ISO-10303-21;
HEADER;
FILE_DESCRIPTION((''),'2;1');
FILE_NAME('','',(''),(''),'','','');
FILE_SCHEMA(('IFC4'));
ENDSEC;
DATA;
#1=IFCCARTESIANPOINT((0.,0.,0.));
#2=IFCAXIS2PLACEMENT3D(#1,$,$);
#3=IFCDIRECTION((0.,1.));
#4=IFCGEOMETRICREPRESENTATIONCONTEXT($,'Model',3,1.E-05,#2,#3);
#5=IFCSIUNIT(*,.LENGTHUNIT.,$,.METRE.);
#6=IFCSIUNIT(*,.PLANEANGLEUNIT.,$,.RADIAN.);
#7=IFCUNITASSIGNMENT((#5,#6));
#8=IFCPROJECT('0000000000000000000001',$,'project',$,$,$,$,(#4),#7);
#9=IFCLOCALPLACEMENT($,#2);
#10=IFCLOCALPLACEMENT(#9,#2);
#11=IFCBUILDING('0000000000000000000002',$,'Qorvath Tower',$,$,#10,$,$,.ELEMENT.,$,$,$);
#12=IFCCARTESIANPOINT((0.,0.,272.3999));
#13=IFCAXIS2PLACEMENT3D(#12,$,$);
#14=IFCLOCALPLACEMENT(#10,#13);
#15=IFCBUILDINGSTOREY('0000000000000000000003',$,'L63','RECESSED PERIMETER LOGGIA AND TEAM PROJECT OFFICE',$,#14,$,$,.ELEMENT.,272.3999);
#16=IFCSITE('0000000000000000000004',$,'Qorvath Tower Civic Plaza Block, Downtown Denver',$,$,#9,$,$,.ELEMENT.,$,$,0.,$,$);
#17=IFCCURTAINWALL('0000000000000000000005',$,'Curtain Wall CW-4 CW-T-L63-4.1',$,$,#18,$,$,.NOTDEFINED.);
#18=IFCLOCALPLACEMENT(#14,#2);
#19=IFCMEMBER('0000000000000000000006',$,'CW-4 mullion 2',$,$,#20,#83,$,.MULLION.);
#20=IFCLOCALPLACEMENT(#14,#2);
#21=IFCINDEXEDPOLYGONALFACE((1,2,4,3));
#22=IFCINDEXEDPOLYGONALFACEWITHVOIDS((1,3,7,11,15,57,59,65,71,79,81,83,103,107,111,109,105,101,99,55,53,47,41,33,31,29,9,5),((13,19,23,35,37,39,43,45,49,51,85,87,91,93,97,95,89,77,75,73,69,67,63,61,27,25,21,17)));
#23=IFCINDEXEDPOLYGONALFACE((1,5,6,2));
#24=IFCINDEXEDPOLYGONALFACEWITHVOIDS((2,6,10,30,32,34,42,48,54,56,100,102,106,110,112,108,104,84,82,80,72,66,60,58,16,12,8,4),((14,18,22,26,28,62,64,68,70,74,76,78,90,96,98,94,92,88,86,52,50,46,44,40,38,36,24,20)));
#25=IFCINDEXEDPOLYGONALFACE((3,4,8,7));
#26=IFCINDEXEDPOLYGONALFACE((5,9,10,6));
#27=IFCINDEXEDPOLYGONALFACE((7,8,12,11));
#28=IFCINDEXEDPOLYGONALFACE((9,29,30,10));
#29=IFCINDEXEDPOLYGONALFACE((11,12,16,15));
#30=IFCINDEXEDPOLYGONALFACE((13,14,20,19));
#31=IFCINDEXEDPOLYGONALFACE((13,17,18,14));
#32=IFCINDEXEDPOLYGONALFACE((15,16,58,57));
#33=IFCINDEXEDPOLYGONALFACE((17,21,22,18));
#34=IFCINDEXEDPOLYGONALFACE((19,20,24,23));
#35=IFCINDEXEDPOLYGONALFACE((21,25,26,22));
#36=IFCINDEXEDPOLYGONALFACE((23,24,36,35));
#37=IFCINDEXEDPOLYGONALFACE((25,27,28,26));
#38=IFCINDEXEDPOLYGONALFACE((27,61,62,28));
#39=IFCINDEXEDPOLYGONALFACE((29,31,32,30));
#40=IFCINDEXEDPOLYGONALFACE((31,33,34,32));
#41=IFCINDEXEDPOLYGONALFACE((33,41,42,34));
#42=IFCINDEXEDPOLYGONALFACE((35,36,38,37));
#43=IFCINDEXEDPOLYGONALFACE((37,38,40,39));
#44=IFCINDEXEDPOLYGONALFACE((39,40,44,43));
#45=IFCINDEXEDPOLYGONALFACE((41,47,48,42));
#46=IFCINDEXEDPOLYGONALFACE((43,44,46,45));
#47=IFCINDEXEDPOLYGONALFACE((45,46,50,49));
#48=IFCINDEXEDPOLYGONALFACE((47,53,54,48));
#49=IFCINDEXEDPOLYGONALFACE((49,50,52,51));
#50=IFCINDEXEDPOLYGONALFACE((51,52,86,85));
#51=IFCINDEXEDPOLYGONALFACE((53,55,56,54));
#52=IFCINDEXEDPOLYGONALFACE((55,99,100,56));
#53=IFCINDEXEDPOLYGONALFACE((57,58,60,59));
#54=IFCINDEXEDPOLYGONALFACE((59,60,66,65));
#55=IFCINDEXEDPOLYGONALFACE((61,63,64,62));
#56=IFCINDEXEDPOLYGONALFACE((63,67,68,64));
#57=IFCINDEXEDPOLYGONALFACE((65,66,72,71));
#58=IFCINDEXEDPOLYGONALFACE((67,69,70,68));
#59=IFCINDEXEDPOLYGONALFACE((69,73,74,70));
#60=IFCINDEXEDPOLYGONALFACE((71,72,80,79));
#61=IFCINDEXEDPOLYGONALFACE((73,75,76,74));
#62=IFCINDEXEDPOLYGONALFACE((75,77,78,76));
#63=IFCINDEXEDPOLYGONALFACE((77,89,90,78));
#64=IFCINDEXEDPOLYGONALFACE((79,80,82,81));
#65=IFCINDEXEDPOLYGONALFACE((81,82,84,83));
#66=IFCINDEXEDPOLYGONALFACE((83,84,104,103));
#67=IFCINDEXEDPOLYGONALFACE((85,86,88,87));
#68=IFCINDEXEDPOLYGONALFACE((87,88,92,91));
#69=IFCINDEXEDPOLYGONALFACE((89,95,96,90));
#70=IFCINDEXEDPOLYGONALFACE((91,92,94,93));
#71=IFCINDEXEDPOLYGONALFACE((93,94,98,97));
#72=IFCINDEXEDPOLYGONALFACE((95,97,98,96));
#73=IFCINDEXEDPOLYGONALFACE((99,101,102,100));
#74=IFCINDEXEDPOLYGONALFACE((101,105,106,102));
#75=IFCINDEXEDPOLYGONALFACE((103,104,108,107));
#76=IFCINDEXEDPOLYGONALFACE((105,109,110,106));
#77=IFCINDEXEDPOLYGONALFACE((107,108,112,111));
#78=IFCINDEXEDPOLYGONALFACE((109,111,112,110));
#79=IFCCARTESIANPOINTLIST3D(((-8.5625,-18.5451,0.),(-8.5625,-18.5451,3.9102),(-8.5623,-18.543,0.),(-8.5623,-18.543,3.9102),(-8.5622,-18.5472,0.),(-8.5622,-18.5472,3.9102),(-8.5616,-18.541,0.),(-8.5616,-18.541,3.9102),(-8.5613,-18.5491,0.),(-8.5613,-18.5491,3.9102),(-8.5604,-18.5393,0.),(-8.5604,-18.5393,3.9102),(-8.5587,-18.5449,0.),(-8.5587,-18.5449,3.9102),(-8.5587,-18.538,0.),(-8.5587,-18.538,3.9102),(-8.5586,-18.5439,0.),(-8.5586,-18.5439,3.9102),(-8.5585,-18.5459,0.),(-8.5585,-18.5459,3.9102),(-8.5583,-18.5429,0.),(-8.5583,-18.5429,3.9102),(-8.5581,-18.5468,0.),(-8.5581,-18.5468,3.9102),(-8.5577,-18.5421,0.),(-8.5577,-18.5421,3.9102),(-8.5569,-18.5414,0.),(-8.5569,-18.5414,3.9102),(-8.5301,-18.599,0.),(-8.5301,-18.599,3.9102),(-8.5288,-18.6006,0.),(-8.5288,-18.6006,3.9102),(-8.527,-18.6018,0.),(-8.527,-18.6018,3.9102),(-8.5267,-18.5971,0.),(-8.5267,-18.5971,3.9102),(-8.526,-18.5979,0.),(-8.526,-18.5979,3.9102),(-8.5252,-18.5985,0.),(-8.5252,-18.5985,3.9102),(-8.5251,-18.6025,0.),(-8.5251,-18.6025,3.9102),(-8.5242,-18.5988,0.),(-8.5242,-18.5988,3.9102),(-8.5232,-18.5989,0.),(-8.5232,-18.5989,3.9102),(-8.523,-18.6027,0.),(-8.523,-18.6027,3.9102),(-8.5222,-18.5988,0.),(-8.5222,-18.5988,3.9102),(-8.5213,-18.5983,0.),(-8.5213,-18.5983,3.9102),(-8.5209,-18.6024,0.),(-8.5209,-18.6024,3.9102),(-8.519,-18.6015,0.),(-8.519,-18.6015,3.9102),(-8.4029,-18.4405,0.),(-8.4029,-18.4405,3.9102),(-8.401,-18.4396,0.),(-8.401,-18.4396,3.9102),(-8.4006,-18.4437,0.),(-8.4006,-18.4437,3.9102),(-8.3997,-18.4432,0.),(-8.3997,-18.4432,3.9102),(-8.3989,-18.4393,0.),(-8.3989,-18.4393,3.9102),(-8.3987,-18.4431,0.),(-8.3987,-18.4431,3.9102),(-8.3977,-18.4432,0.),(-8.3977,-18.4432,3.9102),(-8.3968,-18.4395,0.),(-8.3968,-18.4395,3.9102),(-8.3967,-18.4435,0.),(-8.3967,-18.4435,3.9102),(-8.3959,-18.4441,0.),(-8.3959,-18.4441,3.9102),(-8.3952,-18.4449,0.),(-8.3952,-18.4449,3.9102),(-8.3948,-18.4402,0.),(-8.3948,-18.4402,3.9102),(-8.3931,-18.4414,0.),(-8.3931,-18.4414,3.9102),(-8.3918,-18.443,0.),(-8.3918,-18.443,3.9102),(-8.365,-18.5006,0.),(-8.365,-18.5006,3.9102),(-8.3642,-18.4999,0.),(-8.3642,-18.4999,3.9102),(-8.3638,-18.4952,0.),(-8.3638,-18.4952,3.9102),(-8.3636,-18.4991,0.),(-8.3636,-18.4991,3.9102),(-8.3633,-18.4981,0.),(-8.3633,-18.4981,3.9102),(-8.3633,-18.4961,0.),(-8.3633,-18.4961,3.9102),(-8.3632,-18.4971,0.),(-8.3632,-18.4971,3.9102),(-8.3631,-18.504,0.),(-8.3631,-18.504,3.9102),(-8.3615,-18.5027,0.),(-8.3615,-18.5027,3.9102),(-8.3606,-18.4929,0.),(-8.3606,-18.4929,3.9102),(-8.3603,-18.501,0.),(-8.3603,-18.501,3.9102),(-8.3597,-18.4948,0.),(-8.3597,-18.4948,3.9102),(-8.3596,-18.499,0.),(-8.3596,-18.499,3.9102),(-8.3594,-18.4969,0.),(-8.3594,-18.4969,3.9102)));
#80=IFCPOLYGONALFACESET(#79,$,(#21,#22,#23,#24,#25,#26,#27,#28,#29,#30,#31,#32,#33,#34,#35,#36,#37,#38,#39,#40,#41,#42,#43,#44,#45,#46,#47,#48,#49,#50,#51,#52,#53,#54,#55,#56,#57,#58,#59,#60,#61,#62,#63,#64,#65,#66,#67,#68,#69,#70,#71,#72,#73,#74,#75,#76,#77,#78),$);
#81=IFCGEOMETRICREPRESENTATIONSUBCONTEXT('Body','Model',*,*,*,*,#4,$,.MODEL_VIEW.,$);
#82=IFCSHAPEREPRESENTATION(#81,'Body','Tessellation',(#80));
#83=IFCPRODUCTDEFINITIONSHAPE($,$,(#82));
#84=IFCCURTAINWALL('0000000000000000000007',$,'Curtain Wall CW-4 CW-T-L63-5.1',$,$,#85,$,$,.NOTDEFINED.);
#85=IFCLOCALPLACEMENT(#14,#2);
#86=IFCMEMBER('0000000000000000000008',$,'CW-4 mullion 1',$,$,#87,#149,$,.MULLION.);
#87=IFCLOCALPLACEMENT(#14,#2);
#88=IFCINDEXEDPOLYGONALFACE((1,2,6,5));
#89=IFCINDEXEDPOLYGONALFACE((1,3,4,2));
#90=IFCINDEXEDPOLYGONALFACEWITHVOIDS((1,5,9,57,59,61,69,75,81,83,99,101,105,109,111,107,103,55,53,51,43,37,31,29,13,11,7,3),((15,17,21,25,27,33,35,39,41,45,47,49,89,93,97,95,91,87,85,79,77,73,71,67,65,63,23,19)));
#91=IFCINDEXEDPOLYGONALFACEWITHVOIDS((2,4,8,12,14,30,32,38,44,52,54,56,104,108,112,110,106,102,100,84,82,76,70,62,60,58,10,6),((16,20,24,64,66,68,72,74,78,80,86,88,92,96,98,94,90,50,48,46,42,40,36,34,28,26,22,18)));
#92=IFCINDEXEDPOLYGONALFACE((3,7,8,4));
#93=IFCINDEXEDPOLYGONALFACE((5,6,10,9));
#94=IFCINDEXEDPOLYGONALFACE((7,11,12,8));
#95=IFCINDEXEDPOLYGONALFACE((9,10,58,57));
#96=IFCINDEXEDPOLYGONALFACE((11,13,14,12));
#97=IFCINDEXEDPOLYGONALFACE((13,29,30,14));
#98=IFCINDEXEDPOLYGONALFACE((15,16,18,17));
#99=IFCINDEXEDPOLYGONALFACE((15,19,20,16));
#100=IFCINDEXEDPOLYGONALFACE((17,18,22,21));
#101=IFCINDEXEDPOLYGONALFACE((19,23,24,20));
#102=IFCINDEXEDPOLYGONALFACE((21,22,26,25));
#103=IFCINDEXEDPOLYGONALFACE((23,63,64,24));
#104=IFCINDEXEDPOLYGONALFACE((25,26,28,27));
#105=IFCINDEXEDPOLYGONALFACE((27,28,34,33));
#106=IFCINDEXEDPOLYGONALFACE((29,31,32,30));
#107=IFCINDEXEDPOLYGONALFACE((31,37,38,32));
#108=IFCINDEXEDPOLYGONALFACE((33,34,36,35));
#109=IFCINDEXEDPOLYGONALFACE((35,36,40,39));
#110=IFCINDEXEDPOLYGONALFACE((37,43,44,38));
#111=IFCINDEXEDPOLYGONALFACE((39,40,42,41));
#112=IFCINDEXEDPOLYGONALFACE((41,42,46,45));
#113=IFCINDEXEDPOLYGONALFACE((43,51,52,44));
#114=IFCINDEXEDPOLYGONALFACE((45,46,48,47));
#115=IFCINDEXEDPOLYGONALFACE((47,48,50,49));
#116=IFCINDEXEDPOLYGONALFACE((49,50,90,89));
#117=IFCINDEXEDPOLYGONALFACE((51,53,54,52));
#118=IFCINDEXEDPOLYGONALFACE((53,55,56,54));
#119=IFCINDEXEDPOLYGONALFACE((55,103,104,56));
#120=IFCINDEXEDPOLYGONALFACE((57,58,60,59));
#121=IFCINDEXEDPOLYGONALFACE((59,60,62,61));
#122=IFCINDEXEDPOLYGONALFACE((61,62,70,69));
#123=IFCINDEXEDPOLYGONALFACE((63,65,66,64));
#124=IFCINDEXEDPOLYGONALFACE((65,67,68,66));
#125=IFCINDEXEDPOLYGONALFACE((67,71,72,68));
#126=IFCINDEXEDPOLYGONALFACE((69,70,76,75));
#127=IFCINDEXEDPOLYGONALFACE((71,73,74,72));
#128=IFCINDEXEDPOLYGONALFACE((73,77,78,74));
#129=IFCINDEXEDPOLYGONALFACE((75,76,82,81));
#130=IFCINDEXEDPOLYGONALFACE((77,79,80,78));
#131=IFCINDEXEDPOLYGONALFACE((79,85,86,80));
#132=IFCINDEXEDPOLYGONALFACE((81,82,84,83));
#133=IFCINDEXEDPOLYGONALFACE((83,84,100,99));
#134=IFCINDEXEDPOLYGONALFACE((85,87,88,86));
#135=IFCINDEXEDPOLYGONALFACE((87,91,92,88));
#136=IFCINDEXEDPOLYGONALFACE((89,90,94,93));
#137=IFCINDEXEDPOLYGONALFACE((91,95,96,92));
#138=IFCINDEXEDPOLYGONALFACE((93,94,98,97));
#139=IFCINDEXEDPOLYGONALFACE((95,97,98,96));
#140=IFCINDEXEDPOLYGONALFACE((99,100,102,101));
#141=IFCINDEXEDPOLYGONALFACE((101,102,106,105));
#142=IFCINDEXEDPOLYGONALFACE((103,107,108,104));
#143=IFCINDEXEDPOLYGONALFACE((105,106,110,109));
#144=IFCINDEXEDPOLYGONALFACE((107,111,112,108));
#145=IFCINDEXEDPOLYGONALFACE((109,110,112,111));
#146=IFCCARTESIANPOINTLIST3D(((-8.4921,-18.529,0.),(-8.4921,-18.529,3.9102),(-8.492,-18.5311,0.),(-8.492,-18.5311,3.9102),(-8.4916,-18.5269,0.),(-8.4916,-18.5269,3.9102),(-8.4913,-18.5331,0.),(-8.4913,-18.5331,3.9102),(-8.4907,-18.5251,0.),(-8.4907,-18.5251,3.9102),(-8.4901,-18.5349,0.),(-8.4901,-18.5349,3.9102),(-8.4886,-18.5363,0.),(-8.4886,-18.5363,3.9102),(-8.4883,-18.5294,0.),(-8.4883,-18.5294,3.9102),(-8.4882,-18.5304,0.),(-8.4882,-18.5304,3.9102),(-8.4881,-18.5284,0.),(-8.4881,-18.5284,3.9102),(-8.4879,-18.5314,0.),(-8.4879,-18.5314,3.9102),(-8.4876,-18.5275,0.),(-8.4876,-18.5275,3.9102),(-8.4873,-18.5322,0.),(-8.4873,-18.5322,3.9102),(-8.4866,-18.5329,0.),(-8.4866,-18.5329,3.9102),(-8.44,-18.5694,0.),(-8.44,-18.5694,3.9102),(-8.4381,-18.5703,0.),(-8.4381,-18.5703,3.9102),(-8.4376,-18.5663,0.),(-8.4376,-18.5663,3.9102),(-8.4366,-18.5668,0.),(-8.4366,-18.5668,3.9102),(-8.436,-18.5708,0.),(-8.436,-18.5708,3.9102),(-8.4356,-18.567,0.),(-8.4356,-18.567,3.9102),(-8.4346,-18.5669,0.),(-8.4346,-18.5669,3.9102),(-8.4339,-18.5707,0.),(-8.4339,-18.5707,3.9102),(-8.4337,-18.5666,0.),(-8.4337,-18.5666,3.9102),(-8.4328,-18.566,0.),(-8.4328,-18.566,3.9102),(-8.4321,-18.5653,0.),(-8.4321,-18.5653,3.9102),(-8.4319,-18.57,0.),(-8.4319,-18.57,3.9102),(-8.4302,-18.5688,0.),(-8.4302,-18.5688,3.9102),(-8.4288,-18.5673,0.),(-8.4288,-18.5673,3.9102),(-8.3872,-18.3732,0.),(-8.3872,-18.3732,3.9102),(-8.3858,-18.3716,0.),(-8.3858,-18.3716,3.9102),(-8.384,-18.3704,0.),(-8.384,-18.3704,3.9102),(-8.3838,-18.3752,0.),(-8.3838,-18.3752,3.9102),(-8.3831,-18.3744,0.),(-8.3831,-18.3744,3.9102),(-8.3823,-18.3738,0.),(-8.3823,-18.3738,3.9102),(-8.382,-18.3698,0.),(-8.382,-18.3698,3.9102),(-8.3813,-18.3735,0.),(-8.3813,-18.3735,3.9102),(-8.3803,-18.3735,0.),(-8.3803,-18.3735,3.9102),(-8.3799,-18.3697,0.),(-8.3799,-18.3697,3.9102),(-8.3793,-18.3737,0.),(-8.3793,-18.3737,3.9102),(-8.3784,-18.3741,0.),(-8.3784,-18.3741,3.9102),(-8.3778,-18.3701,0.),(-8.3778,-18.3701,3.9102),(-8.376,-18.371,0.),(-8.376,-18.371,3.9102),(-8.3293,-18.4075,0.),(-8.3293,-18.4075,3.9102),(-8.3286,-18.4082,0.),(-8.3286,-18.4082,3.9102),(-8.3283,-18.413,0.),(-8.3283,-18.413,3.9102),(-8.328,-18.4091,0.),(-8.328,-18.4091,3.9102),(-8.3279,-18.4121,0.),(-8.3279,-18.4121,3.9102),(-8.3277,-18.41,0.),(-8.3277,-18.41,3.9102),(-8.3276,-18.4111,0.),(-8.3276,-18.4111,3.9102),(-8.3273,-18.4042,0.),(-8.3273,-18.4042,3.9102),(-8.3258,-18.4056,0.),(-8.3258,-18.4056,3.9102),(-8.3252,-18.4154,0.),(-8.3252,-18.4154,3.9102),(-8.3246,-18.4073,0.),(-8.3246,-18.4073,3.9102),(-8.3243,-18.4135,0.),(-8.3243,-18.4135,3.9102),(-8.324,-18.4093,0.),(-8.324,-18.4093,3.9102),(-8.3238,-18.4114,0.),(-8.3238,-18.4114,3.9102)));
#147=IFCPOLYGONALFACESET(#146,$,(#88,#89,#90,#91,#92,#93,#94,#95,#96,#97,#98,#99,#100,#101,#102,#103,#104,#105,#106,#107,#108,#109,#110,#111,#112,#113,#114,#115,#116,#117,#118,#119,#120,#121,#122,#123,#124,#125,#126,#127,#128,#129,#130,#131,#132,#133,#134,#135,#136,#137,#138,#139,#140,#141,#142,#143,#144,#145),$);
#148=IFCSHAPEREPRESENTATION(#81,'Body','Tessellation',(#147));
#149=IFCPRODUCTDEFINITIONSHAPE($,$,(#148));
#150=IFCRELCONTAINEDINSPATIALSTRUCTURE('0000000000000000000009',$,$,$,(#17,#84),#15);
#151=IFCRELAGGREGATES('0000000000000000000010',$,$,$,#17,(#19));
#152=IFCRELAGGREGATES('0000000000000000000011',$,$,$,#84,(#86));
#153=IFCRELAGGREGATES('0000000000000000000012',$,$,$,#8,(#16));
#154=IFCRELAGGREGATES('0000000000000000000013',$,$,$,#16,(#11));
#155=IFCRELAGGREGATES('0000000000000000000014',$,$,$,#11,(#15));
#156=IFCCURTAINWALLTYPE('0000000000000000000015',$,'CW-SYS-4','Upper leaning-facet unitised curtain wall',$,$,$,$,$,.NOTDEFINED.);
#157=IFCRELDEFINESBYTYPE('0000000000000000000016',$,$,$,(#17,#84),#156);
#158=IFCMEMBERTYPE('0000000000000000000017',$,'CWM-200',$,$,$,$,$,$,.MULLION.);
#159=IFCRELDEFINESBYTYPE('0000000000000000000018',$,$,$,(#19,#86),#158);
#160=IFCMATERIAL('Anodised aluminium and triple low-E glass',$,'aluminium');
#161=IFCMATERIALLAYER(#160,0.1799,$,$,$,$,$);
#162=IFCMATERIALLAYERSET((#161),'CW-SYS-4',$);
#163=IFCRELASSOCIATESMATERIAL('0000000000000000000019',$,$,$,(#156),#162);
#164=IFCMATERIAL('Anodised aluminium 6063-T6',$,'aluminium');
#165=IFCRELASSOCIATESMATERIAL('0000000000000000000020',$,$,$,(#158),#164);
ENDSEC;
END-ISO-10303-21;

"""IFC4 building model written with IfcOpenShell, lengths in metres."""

from ifc_helpers import new_model, si_unit, direction, frame, origin, origin_2d, place, context, subcontext, project, spatial, hollow_rectangle, extrude, material, layer, layer_set, material_profile, profile_set, type_object, element, aggregate, save


model = new_model("IFC4")

# Units and contexts
model_context = context("Model", 3, precision=1e-05, world=origin(), true_north=direction((0.0, 1.0)))
body_context = subcontext(model_context, "Body", "Model", "MODEL_VIEW")
ifc_project = project(units=[si_unit("LENGTHUNIT", "METRE"), si_unit("PLANEANGLEUNIT", "RADIAN")], contexts=[model_context])

# Site, building, storey
site_placement = place(None, origin())
site = spatial("IfcSite", under=ifc_project, at=site_placement, Name="Qorvath Tower Civic Plaza Block, Downtown Denver", CompositionType="ELEMENT", RefElevation=0.0)
building_placement = place(site_placement, origin())
building = spatial("IfcBuilding", under=site, at=building_placement, Name="Qorvath Tower", CompositionType="ELEMENT")
storey_placement = place(building_placement, frame((0.0, 0.0, 272.3999)))
storey = spatial("IfcBuildingStorey", under=building, at=storey_placement, Name="L63", Description="RECESSED PERIMETER LOGGIA AND TEAM PROJECT OFFICE", CompositionType="ELEMENT", Elevation=272.3999)

# Curtain wall, member
ifc_material_1 = material(Name="Anodised aluminium and triple low-E glass", Category="aluminium")
ifc_layer_1 = layer(ifc_material_1, 0.1799)
ifc_layer_set_1 = layer_set([ifc_layer_1], Name="CW-SYS-4")
curtain_wall_type = type_object("IfcCurtainWallType", Name="CW-SYS-4", Description="Upper leaning-facet unitised curtain wall", PredefinedType="NOTDEFINED", material=ifc_layer_set_1)
curtain_wall_1_placement = place(storey_placement, origin())
curtain_wall_1 = element("IfcCurtainWall", 1, at=curtain_wall_1_placement, inside=storey, type_object=curtain_wall_type, Name="Curtain Wall CW-4 CW-T-L63-4.1", PredefinedType="NOTDEFINED")
ifc_material_2 = material(Name="Anodised aluminium 6063-T6", Category="aluminium")
ifc_material_profile_1 = material_profile(ifc_material_2, hollow_rectangle(XDim=0.075, YDim=0.2, WallThickness=0.0039, InnerFilletRadius=0.0039, OuterFilletRadius=0.0081, at=origin_2d()), Name="CWM 200x75")
ifc_profile_set_1 = profile_set([ifc_material_profile_1], Name="Anodised aluminium 6063-T6")
member_type_1 = type_object("IfcMemberType", Name="CWM-200", PredefinedType="MULLION", material=ifc_profile_set_1)
member_1_placement = place(storey_placement, frame((-8.4609, -18.521, 0.0), z_axis=(0.0, 0.0, 1.0), x_axis=(-0.530363, 0.847771, 0.0)))
member_1 = element("IfcMember", 2, at=member_1_placement, type_object=member_type_1, Name="CW-4 mullion 2", PredefinedType="MULLION", context=body_context, shape_type="SweptSolid", body=[
    extrude(hollow_rectangle(XDim=0.075, YDim=0.2, WallThickness=0.0039, InnerFilletRadius=0.0039, OuterFilletRadius=0.0081, at=origin_2d()), origin(), (0.0, 0.0, 1.0), 3.9102),
])
aggregate(curtain_wall_1, [member_1])

# Curtain wall, member
curtain_wall_2_placement = place(storey_placement, origin())
curtain_wall_2 = element("IfcCurtainWall", 3, at=curtain_wall_2_placement, inside=storey, type_object=curtain_wall_type, Name="Curtain Wall CW-4 CW-T-L63-5.1", PredefinedType="NOTDEFINED")
member_2_placement = place(storey_placement, frame((-8.408, -18.4702, 0.0), z_axis=(0.0, 0.0, 1.0), x_axis=(-0.826319, 0.563203, 0.0)))
member_2 = element("IfcMember", 4, at=member_2_placement, type_object=member_type_1, Name="CW-4 mullion 1", PredefinedType="MULLION", context=body_context, shape_type="SweptSolid", body=[
    extrude(hollow_rectangle(XDim=0.075, YDim=0.2, WallThickness=0.0039, InnerFilletRadius=0.0039, OuterFilletRadius=0.0081, at=origin_2d()), origin(), (0.0, 0.0, 1.0), 3.9102),
])

aggregate(curtain_wall_2, [member_2])

save(model, "model.ifc")
